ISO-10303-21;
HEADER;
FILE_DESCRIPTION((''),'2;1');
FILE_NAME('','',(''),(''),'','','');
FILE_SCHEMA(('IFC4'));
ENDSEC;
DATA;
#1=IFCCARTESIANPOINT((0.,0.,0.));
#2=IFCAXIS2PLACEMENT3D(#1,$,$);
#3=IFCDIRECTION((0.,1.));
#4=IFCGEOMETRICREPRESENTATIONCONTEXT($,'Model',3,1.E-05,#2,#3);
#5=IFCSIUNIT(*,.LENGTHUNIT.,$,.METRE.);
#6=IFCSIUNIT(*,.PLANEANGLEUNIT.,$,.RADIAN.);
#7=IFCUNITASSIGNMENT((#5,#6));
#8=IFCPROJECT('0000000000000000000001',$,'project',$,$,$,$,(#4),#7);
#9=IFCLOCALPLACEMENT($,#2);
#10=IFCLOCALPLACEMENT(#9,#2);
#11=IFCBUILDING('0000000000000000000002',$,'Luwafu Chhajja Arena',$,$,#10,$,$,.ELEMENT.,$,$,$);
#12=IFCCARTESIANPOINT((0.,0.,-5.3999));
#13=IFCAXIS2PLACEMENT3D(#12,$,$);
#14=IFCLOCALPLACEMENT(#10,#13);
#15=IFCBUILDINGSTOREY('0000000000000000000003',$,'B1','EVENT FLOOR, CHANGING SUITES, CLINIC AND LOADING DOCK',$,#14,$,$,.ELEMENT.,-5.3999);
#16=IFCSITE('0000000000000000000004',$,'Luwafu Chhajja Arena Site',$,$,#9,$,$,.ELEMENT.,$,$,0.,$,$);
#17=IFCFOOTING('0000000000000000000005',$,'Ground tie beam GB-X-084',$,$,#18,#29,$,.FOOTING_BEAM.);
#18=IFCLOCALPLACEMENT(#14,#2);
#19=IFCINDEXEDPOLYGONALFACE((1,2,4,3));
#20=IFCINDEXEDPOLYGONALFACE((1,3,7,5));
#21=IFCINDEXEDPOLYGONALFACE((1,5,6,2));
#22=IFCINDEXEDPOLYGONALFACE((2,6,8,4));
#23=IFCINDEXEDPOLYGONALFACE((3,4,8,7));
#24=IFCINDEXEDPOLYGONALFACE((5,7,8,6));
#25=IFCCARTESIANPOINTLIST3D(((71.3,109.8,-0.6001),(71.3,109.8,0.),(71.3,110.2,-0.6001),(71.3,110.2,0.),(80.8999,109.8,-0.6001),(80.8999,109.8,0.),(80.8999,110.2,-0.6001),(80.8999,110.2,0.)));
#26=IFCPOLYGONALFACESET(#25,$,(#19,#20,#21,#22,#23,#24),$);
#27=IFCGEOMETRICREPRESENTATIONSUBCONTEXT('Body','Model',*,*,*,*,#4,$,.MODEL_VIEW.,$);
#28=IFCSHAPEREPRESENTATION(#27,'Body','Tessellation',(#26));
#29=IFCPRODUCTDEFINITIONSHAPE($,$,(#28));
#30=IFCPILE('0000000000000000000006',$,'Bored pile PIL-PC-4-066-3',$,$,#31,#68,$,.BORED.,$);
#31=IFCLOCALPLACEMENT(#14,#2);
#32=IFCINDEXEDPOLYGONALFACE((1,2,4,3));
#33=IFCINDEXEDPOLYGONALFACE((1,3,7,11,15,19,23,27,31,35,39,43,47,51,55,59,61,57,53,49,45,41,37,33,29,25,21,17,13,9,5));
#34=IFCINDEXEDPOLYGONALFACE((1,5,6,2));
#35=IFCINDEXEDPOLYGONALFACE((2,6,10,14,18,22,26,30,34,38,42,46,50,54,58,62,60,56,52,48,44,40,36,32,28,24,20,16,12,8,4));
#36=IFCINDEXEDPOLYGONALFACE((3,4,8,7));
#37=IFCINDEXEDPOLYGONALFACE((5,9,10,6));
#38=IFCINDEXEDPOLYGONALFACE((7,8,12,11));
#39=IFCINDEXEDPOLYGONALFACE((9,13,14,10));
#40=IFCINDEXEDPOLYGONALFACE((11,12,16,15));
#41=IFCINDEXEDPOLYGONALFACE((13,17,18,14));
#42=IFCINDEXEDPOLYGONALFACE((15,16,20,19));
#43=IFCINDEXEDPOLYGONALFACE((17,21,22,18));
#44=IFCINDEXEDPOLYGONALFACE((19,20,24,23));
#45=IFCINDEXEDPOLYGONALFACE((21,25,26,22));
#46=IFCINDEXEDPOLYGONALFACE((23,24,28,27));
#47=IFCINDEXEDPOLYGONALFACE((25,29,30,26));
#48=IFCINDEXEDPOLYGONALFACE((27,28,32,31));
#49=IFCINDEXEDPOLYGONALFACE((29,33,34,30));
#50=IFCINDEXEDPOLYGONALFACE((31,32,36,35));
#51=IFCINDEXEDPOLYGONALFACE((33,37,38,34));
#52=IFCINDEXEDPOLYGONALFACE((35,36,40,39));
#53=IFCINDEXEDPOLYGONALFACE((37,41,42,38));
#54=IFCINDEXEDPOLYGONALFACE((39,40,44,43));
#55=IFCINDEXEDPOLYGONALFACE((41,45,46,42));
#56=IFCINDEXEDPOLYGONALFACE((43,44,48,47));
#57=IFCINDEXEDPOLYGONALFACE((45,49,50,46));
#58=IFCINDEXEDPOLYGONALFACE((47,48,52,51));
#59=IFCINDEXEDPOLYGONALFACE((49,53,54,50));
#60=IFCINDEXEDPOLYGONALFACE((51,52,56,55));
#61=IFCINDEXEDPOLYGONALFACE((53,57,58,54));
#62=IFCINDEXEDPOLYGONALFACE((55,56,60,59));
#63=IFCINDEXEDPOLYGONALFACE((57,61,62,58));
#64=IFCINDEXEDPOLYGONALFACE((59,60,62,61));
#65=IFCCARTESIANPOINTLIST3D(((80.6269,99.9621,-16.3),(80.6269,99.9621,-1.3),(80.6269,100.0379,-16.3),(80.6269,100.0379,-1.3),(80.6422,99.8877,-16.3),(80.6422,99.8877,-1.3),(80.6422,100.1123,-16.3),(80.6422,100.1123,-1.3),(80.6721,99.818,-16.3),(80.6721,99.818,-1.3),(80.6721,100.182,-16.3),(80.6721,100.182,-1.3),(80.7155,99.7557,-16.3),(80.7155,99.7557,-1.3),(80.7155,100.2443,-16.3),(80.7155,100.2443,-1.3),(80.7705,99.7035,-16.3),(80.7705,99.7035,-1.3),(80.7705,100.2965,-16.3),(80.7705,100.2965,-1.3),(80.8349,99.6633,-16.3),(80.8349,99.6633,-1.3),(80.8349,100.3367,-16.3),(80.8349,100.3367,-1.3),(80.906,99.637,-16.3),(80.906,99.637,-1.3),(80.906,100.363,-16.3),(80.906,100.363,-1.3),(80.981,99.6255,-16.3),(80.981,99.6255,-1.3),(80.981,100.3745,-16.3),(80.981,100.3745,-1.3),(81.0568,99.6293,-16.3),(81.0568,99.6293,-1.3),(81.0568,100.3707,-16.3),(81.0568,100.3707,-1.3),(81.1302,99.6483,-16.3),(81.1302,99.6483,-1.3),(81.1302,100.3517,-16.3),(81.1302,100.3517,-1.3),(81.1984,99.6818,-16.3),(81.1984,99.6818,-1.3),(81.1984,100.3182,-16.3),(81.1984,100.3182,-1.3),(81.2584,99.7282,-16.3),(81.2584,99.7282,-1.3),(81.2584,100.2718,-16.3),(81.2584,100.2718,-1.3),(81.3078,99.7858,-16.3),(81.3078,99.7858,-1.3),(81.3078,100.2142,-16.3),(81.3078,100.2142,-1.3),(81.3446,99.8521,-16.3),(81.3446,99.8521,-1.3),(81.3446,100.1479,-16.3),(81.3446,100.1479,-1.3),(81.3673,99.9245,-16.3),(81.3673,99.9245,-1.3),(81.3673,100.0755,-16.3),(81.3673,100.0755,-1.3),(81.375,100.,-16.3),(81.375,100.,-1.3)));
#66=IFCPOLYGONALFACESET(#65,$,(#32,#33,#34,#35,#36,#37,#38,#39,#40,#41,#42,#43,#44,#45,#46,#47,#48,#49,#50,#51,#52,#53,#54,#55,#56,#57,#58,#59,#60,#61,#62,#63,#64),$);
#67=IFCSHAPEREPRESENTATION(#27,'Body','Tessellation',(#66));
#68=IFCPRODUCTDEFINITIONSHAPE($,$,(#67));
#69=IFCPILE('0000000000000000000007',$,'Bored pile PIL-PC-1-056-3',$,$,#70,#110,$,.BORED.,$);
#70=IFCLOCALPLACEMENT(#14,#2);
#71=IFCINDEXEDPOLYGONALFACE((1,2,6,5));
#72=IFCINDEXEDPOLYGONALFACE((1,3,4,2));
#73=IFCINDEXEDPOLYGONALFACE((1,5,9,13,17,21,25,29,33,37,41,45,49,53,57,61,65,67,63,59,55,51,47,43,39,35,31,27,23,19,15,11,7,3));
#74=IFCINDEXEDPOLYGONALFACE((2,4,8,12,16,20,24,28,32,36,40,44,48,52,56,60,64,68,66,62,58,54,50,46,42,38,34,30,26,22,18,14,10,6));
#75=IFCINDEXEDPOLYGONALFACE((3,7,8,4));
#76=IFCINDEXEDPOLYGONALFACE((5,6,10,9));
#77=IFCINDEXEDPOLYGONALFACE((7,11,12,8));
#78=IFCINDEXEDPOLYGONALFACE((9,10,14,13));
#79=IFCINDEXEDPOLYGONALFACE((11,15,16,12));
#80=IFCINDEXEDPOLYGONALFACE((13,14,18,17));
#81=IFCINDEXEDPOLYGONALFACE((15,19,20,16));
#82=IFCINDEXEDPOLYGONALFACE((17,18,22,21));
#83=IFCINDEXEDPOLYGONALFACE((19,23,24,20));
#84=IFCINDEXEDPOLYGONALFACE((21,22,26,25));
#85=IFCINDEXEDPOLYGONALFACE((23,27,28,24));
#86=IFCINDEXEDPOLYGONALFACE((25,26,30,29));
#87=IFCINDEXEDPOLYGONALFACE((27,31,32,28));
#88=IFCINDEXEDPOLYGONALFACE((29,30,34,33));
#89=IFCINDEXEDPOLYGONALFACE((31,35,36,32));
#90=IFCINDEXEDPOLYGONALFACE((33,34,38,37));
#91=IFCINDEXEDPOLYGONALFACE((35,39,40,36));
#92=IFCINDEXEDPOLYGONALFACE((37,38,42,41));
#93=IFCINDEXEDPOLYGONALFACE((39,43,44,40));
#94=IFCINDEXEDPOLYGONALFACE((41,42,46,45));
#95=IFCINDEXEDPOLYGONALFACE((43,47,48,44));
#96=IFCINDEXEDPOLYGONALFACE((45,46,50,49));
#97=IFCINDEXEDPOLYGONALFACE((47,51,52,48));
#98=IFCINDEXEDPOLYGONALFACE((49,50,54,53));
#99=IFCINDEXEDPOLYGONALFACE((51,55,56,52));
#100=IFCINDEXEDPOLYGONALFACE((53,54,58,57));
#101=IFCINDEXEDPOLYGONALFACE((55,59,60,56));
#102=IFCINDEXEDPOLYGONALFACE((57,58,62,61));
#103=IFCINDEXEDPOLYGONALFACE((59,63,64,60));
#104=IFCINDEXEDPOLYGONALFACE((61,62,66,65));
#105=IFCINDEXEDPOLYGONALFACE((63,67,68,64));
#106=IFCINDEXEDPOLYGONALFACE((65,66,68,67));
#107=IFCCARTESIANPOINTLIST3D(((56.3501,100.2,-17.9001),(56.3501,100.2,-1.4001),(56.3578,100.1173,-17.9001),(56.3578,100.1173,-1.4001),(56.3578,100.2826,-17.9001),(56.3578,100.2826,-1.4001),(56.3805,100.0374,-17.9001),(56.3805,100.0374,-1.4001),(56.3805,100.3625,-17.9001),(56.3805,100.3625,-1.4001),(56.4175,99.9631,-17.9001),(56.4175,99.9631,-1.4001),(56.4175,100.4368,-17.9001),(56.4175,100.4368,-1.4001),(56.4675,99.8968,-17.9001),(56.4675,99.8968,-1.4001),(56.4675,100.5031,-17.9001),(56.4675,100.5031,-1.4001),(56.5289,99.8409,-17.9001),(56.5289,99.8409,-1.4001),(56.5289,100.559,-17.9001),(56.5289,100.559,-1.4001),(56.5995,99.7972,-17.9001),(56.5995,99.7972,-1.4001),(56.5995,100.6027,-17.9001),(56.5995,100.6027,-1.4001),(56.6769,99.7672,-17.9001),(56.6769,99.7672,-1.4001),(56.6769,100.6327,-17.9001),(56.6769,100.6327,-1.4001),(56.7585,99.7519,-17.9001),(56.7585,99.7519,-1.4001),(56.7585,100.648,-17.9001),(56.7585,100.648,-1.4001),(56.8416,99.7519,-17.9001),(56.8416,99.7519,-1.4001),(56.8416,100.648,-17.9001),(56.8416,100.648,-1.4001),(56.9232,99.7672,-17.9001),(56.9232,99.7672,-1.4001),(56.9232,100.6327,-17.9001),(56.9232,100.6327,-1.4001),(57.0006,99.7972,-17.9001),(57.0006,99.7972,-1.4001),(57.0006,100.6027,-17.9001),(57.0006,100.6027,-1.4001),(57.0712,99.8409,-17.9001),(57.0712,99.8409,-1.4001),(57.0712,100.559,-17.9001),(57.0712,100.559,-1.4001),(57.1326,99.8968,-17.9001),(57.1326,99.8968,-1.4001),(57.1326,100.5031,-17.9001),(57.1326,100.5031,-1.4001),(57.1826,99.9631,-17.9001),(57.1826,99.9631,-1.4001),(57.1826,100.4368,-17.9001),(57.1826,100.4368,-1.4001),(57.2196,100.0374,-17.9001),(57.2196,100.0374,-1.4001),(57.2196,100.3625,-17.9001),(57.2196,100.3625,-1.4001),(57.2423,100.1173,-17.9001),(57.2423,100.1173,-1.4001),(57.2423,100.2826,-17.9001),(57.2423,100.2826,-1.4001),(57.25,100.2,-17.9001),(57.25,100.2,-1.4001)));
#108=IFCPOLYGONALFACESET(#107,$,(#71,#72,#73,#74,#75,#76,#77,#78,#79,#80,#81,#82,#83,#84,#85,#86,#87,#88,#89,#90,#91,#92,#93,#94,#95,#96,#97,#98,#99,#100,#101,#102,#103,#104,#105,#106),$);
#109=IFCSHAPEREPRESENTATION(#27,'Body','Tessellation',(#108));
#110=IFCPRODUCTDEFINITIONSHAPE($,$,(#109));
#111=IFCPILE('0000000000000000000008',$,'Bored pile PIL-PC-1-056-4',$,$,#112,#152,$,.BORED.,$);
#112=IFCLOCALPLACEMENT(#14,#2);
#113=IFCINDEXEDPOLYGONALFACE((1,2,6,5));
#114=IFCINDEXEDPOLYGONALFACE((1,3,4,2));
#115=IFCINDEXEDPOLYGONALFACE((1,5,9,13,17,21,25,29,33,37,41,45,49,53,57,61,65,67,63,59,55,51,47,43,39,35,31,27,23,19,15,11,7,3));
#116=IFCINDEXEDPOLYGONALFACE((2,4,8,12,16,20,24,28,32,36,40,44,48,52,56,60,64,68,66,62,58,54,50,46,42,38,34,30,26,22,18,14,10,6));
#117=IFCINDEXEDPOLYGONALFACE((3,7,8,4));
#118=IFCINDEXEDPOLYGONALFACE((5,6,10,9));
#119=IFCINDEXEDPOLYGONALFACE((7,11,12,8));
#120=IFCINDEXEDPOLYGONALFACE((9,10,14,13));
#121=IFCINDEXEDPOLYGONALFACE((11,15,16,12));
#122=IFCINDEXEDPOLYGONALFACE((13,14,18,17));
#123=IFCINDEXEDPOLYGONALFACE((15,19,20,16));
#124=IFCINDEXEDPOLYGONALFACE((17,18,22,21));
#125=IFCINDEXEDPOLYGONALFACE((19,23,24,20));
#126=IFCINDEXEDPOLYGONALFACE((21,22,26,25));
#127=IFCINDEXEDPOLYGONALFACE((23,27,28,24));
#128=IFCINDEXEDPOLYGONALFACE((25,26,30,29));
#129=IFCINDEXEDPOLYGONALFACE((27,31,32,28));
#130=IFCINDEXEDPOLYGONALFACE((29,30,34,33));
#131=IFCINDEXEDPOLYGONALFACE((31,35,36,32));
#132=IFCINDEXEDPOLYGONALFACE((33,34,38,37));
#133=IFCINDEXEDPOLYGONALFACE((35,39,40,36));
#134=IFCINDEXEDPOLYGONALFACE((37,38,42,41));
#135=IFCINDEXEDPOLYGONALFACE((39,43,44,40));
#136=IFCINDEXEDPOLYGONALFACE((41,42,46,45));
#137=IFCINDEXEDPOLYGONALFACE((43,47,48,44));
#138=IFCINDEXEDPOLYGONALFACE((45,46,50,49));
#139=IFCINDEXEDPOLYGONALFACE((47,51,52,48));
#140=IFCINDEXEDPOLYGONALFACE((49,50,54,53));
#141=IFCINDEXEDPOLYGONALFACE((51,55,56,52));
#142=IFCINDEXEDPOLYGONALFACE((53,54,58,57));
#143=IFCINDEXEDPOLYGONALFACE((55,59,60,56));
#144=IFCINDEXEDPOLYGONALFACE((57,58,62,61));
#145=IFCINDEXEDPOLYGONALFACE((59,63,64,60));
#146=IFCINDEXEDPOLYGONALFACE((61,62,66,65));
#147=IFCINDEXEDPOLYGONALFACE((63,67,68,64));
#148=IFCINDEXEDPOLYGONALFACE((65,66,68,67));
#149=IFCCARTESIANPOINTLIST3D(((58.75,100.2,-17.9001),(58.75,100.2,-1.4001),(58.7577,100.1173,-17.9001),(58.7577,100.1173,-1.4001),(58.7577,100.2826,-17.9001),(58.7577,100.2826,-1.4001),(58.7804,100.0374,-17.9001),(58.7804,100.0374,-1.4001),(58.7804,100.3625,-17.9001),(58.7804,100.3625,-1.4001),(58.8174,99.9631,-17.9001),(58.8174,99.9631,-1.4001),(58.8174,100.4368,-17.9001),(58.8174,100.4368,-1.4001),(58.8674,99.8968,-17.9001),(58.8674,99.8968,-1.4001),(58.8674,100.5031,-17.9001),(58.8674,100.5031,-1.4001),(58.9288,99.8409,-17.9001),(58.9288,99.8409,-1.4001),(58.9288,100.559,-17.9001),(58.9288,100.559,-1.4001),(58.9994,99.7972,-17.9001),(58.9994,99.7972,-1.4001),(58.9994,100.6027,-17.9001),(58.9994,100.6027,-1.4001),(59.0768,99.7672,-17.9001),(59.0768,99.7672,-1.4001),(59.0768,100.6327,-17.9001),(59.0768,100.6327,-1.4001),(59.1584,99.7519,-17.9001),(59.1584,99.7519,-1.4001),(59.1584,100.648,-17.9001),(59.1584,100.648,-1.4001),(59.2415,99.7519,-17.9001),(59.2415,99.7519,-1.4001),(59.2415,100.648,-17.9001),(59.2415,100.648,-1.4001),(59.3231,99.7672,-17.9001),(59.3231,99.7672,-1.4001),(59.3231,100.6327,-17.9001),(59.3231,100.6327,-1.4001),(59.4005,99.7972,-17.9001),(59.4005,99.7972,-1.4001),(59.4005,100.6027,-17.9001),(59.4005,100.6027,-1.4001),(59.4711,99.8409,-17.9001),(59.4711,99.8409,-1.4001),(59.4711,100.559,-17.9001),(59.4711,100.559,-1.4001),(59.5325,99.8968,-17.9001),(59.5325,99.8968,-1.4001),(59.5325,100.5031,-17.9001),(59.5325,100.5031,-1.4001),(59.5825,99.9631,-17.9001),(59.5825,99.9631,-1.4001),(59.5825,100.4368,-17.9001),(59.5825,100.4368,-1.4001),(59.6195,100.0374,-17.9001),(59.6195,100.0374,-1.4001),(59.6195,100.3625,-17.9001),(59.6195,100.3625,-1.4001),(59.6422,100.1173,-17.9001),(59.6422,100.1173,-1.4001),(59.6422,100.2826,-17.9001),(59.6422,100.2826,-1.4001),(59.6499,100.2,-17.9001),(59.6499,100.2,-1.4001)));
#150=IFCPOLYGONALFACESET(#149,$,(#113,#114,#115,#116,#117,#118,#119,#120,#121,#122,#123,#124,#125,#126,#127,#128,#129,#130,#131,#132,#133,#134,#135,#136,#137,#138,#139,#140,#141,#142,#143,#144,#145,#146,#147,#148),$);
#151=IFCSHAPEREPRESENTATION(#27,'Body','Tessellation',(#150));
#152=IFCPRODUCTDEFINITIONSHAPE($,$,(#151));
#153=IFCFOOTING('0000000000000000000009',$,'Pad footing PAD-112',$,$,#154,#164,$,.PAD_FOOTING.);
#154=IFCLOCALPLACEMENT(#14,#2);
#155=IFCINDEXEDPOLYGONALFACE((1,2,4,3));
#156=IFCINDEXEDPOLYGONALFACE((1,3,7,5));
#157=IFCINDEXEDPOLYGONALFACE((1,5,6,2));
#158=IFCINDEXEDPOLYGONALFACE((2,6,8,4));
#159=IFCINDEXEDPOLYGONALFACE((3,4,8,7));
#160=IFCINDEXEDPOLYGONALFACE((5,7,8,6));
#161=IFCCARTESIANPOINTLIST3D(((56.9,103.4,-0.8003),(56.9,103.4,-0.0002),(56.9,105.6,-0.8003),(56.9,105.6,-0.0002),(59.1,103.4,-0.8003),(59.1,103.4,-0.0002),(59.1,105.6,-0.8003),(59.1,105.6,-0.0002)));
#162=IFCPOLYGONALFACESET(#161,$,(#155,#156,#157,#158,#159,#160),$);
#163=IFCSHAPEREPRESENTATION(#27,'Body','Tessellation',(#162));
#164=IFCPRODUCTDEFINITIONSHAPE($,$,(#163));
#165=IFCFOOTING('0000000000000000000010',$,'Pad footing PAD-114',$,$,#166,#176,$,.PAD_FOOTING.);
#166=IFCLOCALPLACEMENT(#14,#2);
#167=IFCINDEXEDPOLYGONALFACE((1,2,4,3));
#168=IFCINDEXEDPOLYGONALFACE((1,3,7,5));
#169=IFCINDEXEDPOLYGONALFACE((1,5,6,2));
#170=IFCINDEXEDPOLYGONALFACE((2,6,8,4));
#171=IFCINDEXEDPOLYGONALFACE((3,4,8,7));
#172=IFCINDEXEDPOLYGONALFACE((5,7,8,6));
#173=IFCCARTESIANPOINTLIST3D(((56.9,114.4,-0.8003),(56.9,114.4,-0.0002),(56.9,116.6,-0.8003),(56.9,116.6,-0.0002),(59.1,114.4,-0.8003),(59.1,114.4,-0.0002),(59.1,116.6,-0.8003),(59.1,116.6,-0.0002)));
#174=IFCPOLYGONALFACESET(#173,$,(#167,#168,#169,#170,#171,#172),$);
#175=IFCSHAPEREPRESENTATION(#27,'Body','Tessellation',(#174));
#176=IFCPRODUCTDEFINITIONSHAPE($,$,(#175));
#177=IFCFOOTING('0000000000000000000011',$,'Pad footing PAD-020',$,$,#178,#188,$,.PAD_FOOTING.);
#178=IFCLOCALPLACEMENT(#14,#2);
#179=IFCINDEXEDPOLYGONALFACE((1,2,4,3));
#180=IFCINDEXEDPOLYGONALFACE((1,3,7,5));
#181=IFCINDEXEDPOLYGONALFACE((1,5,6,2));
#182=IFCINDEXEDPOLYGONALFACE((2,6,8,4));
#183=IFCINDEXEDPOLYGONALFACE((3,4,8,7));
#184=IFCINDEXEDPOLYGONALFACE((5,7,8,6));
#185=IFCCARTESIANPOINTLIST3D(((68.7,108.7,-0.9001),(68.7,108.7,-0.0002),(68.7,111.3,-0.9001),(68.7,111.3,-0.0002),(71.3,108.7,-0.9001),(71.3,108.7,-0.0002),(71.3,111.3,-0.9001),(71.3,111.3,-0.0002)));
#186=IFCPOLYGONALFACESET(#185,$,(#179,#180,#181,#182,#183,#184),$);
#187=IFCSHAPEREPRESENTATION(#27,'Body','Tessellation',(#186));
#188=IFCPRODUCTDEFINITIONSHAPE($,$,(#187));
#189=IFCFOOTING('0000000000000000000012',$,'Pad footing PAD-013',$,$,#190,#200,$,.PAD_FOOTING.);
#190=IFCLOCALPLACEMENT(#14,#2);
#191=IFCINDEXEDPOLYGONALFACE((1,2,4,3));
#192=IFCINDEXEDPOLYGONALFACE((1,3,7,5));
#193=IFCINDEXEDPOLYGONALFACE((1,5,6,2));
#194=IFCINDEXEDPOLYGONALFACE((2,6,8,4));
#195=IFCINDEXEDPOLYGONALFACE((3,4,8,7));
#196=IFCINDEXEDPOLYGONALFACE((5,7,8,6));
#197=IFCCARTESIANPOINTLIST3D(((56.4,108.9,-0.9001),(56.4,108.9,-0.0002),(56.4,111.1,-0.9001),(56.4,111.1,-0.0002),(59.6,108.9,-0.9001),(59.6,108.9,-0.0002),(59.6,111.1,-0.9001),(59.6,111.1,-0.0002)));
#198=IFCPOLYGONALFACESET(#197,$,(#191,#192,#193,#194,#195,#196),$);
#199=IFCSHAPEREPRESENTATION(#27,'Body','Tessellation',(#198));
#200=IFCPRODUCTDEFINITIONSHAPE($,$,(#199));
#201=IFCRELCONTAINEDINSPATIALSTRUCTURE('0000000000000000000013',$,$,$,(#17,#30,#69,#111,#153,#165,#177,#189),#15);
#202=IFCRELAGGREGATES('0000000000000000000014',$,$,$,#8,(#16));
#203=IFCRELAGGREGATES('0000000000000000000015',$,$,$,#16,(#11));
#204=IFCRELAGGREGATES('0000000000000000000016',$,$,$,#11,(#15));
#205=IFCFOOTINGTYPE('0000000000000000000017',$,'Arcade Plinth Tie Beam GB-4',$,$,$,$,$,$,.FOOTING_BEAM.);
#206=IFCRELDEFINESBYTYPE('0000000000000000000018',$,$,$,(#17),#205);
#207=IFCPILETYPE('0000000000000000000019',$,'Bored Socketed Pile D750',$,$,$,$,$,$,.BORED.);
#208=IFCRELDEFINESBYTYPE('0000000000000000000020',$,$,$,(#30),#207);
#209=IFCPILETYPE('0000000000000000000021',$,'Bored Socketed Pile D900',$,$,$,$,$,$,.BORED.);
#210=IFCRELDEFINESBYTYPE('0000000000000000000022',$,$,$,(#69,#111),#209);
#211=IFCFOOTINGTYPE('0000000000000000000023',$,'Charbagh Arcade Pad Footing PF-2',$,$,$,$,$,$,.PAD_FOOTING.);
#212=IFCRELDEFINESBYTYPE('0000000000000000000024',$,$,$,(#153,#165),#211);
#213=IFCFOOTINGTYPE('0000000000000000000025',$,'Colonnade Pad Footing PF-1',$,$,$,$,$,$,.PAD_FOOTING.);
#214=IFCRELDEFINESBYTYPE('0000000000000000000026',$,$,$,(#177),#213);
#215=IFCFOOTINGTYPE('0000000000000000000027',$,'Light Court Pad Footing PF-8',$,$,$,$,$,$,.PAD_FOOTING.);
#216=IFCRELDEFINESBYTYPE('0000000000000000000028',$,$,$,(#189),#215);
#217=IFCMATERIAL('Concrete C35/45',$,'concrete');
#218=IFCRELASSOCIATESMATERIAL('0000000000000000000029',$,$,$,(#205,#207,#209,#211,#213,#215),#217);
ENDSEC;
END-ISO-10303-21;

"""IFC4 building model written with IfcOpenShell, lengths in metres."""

from ifc_helpers import new_model, si_unit, direction, frame, origin, origin_2d, place, context, subcontext, project, spatial, rectangle, circle, extrude, material, material_profile, profile_set, type_object, element, save


model = new_model("IFC4")

# Units and contexts
model_context = context("Model", 3, precision=1e-05, world=origin(), true_north=direction((0.0, 1.0)))
body_context = subcontext(model_context, "Body", "Model", "MODEL_VIEW")
ifc_project = project(units=[si_unit("LENGTHUNIT", "METRE"), si_unit("PLANEANGLEUNIT", "RADIAN")], contexts=[model_context])

# Site, building, storey
site_placement = place(None, origin())
site = spatial("IfcSite", under=ifc_project, at=site_placement, Name="Luwafu Chhajja Arena Site", CompositionType="ELEMENT", RefElevation=0.0)
building_placement = place(site_placement, origin())
building = spatial("IfcBuilding", under=site, at=building_placement, Name="Luwafu Chhajja Arena", CompositionType="ELEMENT")
storey_placement = place(building_placement, frame((0.0, 0.0, -5.3999)))
storey = spatial("IfcBuildingStorey", under=building, at=storey_placement, Name="B1", Description="EVENT FLOOR, CHANGING SUITES, CLINIC AND LOADING DOCK", CompositionType="ELEMENT", Elevation=-5.3999)

# Footing
ifc_material_1 = material(Name="Concrete C35/45", Category="concrete")
ifc_material_profile_1 = material_profile(ifc_material_1, rectangle(XDim=0.3999, YDim=0.6001, at=origin_2d()), Name="RC 400x600")
ifc_profile_set_1 = profile_set([ifc_material_profile_1], Name="Concrete C35/45")
footing_type_1 = type_object("IfcFootingType", Name="Arcade Plinth Tie Beam GB-4", PredefinedType="FOOTING_BEAM", material=ifc_profile_set_1)
footing_1_placement = place(storey_placement, frame((71.3, 110.0, -0.3), z_axis=(1.0, 0.0, 0.0), x_axis=(0.0, 1.0, 0.0)))
element("IfcFooting", 1, at=footing_1_placement, inside=storey, type_object=footing_type_1, Name="Ground tie beam GB-X-084", PredefinedType="FOOTING_BEAM", context=body_context, shape_type="SweptSolid", body=[
    extrude(rectangle(XDim=0.3999, YDim=0.6001, at=origin_2d()), origin(), (0.0, 0.0, 1.0), 9.5999),
])

# Piles
ifc_material_profile_2 = material_profile(ifc_material_1, circle(Radius=0.375, at=origin_2d()), Name="PILE D750")
ifc_profile_set_2 = profile_set([ifc_material_profile_2], Name="Concrete C35/45")
pile_type_1 = type_object("IfcPileType", Name="Bored Socketed Pile D750", PredefinedType="BORED", material=ifc_profile_set_2)
pile_placement = place(storey_placement, frame((81.0, 100.0, -1.3), z_axis=(0.0, 0.0, -1.0), x_axis=(1.0, 0.0, 0.0)))
element("IfcPile", 2, at=pile_placement, inside=storey, type_object=pile_type_1, Name="Bored pile PIL-PC-4-066-3", PredefinedType="BORED", context=body_context, shape_type="SweptSolid", body=[
    extrude(circle(Radius=0.375, at=origin_2d()), origin(), (0.0, 0.0, 1.0), 15.0),
])
ifc_material_profile_3 = material_profile(ifc_material_1, circle(Radius=0.45, at=origin_2d()), Name="PILE D900")
ifc_profile_set_3 = profile_set([ifc_material_profile_3], Name="Concrete C35/45")
pile_type_2 = type_object("IfcPileType", Name="Bored Socketed Pile D900", PredefinedType="BORED", material=ifc_profile_set_3)
for number, where, z_axis, x_axis, name in (
    (3, (56.8, 100.2, -1.4001), (0.0, 0.0, -1.0), (1.0, 0.0, 0.0), "Bored pile PIL-PC-1-056-3"),
    (4, (59.2, 100.2, -1.4001), (0.0, 0.0, -1.0), (1.0, 0.0, 0.0), "Bored pile PIL-PC-1-056-4"),
):
    element("IfcPile", number, at=place(storey_placement, frame(where, z_axis=z_axis, x_axis=x_axis)), inside=storey, type_object=pile_type_2, Name=name, PredefinedType="BORED", context=body_context, shape_type="SweptSolid", body=[
        extrude(circle(Radius=0.45, at=origin_2d()), origin(), (0.0, 0.0, 1.0), 16.5),
    ])

# Footings
footing_type_2 = type_object("IfcFootingType", Name="Charbagh Arcade Pad Footing PF-2", PredefinedType="PAD_FOOTING", material=ifc_material_1)
for number, where, z_axis, x_axis, name in (
    (5, (58.0, 104.5, -0.8003), (0.0, 0.0, 1.0), (1.0, 0.0, 0.0), "Pad footing PAD-112"),
    (6, (58.0, 115.5, -0.8003), (0.0, 0.0, 1.0), (1.0, 0.0, 0.0), "Pad footing PAD-114"),
):
    element("IfcFooting", number, at=place(storey_placement, frame(where, z_axis=z_axis, x_axis=x_axis)), inside=storey, type_object=footing_type_2, Name=name, PredefinedType="PAD_FOOTING", context=body_context, shape_type="SweptSolid", body=[
        extrude(rectangle(XDim=2.2, YDim=2.2, at=origin_2d()), origin(), (0.0, 0.0, 1.0), 0.8),
    ])
footing_type_3 = type_object("IfcFootingType", Name="Colonnade Pad Footing PF-1", PredefinedType="PAD_FOOTING", material=ifc_material_1)
footing_2_placement = place(storey_placement, frame((70.0, 110.0, -0.9001), z_axis=(0.0, 0.0, 1.0), x_axis=(1.0, 0.0, 0.0)))
element("IfcFooting", 7, at=footing_2_placement, inside=storey, type_object=footing_type_3, Name="Pad footing PAD-020", PredefinedType="PAD_FOOTING", context=body_context, shape_type="SweptSolid", body=[
    extrude(rectangle(XDim=2.6001, YDim=2.6001, at=origin_2d()), origin(), (0.0, 0.0, 1.0), 0.8999),
])
footing_type_4 = type_object("IfcFootingType", Name="Light Court Pad Footing PF-8", PredefinedType="PAD_FOOTING", material=ifc_material_1)
footing_3_placement = place(storey_placement, frame((58.0, 110.0, -0.9001), z_axis=(0.0, 0.0, 1.0), x_axis=(1.0, 0.0, 0.0)))
element("IfcFooting", 8, at=footing_3_placement, inside=storey, type_object=footing_type_4, Name="Pad footing PAD-013", PredefinedType="PAD_FOOTING", context=body_context, shape_type="SweptSolid", body=[
    extrude(rectangle(XDim=3.2, YDim=2.2, at=origin_2d()), origin(), (0.0, 0.0, 1.0), 0.8999),
])

save(model, "model.ifc")
